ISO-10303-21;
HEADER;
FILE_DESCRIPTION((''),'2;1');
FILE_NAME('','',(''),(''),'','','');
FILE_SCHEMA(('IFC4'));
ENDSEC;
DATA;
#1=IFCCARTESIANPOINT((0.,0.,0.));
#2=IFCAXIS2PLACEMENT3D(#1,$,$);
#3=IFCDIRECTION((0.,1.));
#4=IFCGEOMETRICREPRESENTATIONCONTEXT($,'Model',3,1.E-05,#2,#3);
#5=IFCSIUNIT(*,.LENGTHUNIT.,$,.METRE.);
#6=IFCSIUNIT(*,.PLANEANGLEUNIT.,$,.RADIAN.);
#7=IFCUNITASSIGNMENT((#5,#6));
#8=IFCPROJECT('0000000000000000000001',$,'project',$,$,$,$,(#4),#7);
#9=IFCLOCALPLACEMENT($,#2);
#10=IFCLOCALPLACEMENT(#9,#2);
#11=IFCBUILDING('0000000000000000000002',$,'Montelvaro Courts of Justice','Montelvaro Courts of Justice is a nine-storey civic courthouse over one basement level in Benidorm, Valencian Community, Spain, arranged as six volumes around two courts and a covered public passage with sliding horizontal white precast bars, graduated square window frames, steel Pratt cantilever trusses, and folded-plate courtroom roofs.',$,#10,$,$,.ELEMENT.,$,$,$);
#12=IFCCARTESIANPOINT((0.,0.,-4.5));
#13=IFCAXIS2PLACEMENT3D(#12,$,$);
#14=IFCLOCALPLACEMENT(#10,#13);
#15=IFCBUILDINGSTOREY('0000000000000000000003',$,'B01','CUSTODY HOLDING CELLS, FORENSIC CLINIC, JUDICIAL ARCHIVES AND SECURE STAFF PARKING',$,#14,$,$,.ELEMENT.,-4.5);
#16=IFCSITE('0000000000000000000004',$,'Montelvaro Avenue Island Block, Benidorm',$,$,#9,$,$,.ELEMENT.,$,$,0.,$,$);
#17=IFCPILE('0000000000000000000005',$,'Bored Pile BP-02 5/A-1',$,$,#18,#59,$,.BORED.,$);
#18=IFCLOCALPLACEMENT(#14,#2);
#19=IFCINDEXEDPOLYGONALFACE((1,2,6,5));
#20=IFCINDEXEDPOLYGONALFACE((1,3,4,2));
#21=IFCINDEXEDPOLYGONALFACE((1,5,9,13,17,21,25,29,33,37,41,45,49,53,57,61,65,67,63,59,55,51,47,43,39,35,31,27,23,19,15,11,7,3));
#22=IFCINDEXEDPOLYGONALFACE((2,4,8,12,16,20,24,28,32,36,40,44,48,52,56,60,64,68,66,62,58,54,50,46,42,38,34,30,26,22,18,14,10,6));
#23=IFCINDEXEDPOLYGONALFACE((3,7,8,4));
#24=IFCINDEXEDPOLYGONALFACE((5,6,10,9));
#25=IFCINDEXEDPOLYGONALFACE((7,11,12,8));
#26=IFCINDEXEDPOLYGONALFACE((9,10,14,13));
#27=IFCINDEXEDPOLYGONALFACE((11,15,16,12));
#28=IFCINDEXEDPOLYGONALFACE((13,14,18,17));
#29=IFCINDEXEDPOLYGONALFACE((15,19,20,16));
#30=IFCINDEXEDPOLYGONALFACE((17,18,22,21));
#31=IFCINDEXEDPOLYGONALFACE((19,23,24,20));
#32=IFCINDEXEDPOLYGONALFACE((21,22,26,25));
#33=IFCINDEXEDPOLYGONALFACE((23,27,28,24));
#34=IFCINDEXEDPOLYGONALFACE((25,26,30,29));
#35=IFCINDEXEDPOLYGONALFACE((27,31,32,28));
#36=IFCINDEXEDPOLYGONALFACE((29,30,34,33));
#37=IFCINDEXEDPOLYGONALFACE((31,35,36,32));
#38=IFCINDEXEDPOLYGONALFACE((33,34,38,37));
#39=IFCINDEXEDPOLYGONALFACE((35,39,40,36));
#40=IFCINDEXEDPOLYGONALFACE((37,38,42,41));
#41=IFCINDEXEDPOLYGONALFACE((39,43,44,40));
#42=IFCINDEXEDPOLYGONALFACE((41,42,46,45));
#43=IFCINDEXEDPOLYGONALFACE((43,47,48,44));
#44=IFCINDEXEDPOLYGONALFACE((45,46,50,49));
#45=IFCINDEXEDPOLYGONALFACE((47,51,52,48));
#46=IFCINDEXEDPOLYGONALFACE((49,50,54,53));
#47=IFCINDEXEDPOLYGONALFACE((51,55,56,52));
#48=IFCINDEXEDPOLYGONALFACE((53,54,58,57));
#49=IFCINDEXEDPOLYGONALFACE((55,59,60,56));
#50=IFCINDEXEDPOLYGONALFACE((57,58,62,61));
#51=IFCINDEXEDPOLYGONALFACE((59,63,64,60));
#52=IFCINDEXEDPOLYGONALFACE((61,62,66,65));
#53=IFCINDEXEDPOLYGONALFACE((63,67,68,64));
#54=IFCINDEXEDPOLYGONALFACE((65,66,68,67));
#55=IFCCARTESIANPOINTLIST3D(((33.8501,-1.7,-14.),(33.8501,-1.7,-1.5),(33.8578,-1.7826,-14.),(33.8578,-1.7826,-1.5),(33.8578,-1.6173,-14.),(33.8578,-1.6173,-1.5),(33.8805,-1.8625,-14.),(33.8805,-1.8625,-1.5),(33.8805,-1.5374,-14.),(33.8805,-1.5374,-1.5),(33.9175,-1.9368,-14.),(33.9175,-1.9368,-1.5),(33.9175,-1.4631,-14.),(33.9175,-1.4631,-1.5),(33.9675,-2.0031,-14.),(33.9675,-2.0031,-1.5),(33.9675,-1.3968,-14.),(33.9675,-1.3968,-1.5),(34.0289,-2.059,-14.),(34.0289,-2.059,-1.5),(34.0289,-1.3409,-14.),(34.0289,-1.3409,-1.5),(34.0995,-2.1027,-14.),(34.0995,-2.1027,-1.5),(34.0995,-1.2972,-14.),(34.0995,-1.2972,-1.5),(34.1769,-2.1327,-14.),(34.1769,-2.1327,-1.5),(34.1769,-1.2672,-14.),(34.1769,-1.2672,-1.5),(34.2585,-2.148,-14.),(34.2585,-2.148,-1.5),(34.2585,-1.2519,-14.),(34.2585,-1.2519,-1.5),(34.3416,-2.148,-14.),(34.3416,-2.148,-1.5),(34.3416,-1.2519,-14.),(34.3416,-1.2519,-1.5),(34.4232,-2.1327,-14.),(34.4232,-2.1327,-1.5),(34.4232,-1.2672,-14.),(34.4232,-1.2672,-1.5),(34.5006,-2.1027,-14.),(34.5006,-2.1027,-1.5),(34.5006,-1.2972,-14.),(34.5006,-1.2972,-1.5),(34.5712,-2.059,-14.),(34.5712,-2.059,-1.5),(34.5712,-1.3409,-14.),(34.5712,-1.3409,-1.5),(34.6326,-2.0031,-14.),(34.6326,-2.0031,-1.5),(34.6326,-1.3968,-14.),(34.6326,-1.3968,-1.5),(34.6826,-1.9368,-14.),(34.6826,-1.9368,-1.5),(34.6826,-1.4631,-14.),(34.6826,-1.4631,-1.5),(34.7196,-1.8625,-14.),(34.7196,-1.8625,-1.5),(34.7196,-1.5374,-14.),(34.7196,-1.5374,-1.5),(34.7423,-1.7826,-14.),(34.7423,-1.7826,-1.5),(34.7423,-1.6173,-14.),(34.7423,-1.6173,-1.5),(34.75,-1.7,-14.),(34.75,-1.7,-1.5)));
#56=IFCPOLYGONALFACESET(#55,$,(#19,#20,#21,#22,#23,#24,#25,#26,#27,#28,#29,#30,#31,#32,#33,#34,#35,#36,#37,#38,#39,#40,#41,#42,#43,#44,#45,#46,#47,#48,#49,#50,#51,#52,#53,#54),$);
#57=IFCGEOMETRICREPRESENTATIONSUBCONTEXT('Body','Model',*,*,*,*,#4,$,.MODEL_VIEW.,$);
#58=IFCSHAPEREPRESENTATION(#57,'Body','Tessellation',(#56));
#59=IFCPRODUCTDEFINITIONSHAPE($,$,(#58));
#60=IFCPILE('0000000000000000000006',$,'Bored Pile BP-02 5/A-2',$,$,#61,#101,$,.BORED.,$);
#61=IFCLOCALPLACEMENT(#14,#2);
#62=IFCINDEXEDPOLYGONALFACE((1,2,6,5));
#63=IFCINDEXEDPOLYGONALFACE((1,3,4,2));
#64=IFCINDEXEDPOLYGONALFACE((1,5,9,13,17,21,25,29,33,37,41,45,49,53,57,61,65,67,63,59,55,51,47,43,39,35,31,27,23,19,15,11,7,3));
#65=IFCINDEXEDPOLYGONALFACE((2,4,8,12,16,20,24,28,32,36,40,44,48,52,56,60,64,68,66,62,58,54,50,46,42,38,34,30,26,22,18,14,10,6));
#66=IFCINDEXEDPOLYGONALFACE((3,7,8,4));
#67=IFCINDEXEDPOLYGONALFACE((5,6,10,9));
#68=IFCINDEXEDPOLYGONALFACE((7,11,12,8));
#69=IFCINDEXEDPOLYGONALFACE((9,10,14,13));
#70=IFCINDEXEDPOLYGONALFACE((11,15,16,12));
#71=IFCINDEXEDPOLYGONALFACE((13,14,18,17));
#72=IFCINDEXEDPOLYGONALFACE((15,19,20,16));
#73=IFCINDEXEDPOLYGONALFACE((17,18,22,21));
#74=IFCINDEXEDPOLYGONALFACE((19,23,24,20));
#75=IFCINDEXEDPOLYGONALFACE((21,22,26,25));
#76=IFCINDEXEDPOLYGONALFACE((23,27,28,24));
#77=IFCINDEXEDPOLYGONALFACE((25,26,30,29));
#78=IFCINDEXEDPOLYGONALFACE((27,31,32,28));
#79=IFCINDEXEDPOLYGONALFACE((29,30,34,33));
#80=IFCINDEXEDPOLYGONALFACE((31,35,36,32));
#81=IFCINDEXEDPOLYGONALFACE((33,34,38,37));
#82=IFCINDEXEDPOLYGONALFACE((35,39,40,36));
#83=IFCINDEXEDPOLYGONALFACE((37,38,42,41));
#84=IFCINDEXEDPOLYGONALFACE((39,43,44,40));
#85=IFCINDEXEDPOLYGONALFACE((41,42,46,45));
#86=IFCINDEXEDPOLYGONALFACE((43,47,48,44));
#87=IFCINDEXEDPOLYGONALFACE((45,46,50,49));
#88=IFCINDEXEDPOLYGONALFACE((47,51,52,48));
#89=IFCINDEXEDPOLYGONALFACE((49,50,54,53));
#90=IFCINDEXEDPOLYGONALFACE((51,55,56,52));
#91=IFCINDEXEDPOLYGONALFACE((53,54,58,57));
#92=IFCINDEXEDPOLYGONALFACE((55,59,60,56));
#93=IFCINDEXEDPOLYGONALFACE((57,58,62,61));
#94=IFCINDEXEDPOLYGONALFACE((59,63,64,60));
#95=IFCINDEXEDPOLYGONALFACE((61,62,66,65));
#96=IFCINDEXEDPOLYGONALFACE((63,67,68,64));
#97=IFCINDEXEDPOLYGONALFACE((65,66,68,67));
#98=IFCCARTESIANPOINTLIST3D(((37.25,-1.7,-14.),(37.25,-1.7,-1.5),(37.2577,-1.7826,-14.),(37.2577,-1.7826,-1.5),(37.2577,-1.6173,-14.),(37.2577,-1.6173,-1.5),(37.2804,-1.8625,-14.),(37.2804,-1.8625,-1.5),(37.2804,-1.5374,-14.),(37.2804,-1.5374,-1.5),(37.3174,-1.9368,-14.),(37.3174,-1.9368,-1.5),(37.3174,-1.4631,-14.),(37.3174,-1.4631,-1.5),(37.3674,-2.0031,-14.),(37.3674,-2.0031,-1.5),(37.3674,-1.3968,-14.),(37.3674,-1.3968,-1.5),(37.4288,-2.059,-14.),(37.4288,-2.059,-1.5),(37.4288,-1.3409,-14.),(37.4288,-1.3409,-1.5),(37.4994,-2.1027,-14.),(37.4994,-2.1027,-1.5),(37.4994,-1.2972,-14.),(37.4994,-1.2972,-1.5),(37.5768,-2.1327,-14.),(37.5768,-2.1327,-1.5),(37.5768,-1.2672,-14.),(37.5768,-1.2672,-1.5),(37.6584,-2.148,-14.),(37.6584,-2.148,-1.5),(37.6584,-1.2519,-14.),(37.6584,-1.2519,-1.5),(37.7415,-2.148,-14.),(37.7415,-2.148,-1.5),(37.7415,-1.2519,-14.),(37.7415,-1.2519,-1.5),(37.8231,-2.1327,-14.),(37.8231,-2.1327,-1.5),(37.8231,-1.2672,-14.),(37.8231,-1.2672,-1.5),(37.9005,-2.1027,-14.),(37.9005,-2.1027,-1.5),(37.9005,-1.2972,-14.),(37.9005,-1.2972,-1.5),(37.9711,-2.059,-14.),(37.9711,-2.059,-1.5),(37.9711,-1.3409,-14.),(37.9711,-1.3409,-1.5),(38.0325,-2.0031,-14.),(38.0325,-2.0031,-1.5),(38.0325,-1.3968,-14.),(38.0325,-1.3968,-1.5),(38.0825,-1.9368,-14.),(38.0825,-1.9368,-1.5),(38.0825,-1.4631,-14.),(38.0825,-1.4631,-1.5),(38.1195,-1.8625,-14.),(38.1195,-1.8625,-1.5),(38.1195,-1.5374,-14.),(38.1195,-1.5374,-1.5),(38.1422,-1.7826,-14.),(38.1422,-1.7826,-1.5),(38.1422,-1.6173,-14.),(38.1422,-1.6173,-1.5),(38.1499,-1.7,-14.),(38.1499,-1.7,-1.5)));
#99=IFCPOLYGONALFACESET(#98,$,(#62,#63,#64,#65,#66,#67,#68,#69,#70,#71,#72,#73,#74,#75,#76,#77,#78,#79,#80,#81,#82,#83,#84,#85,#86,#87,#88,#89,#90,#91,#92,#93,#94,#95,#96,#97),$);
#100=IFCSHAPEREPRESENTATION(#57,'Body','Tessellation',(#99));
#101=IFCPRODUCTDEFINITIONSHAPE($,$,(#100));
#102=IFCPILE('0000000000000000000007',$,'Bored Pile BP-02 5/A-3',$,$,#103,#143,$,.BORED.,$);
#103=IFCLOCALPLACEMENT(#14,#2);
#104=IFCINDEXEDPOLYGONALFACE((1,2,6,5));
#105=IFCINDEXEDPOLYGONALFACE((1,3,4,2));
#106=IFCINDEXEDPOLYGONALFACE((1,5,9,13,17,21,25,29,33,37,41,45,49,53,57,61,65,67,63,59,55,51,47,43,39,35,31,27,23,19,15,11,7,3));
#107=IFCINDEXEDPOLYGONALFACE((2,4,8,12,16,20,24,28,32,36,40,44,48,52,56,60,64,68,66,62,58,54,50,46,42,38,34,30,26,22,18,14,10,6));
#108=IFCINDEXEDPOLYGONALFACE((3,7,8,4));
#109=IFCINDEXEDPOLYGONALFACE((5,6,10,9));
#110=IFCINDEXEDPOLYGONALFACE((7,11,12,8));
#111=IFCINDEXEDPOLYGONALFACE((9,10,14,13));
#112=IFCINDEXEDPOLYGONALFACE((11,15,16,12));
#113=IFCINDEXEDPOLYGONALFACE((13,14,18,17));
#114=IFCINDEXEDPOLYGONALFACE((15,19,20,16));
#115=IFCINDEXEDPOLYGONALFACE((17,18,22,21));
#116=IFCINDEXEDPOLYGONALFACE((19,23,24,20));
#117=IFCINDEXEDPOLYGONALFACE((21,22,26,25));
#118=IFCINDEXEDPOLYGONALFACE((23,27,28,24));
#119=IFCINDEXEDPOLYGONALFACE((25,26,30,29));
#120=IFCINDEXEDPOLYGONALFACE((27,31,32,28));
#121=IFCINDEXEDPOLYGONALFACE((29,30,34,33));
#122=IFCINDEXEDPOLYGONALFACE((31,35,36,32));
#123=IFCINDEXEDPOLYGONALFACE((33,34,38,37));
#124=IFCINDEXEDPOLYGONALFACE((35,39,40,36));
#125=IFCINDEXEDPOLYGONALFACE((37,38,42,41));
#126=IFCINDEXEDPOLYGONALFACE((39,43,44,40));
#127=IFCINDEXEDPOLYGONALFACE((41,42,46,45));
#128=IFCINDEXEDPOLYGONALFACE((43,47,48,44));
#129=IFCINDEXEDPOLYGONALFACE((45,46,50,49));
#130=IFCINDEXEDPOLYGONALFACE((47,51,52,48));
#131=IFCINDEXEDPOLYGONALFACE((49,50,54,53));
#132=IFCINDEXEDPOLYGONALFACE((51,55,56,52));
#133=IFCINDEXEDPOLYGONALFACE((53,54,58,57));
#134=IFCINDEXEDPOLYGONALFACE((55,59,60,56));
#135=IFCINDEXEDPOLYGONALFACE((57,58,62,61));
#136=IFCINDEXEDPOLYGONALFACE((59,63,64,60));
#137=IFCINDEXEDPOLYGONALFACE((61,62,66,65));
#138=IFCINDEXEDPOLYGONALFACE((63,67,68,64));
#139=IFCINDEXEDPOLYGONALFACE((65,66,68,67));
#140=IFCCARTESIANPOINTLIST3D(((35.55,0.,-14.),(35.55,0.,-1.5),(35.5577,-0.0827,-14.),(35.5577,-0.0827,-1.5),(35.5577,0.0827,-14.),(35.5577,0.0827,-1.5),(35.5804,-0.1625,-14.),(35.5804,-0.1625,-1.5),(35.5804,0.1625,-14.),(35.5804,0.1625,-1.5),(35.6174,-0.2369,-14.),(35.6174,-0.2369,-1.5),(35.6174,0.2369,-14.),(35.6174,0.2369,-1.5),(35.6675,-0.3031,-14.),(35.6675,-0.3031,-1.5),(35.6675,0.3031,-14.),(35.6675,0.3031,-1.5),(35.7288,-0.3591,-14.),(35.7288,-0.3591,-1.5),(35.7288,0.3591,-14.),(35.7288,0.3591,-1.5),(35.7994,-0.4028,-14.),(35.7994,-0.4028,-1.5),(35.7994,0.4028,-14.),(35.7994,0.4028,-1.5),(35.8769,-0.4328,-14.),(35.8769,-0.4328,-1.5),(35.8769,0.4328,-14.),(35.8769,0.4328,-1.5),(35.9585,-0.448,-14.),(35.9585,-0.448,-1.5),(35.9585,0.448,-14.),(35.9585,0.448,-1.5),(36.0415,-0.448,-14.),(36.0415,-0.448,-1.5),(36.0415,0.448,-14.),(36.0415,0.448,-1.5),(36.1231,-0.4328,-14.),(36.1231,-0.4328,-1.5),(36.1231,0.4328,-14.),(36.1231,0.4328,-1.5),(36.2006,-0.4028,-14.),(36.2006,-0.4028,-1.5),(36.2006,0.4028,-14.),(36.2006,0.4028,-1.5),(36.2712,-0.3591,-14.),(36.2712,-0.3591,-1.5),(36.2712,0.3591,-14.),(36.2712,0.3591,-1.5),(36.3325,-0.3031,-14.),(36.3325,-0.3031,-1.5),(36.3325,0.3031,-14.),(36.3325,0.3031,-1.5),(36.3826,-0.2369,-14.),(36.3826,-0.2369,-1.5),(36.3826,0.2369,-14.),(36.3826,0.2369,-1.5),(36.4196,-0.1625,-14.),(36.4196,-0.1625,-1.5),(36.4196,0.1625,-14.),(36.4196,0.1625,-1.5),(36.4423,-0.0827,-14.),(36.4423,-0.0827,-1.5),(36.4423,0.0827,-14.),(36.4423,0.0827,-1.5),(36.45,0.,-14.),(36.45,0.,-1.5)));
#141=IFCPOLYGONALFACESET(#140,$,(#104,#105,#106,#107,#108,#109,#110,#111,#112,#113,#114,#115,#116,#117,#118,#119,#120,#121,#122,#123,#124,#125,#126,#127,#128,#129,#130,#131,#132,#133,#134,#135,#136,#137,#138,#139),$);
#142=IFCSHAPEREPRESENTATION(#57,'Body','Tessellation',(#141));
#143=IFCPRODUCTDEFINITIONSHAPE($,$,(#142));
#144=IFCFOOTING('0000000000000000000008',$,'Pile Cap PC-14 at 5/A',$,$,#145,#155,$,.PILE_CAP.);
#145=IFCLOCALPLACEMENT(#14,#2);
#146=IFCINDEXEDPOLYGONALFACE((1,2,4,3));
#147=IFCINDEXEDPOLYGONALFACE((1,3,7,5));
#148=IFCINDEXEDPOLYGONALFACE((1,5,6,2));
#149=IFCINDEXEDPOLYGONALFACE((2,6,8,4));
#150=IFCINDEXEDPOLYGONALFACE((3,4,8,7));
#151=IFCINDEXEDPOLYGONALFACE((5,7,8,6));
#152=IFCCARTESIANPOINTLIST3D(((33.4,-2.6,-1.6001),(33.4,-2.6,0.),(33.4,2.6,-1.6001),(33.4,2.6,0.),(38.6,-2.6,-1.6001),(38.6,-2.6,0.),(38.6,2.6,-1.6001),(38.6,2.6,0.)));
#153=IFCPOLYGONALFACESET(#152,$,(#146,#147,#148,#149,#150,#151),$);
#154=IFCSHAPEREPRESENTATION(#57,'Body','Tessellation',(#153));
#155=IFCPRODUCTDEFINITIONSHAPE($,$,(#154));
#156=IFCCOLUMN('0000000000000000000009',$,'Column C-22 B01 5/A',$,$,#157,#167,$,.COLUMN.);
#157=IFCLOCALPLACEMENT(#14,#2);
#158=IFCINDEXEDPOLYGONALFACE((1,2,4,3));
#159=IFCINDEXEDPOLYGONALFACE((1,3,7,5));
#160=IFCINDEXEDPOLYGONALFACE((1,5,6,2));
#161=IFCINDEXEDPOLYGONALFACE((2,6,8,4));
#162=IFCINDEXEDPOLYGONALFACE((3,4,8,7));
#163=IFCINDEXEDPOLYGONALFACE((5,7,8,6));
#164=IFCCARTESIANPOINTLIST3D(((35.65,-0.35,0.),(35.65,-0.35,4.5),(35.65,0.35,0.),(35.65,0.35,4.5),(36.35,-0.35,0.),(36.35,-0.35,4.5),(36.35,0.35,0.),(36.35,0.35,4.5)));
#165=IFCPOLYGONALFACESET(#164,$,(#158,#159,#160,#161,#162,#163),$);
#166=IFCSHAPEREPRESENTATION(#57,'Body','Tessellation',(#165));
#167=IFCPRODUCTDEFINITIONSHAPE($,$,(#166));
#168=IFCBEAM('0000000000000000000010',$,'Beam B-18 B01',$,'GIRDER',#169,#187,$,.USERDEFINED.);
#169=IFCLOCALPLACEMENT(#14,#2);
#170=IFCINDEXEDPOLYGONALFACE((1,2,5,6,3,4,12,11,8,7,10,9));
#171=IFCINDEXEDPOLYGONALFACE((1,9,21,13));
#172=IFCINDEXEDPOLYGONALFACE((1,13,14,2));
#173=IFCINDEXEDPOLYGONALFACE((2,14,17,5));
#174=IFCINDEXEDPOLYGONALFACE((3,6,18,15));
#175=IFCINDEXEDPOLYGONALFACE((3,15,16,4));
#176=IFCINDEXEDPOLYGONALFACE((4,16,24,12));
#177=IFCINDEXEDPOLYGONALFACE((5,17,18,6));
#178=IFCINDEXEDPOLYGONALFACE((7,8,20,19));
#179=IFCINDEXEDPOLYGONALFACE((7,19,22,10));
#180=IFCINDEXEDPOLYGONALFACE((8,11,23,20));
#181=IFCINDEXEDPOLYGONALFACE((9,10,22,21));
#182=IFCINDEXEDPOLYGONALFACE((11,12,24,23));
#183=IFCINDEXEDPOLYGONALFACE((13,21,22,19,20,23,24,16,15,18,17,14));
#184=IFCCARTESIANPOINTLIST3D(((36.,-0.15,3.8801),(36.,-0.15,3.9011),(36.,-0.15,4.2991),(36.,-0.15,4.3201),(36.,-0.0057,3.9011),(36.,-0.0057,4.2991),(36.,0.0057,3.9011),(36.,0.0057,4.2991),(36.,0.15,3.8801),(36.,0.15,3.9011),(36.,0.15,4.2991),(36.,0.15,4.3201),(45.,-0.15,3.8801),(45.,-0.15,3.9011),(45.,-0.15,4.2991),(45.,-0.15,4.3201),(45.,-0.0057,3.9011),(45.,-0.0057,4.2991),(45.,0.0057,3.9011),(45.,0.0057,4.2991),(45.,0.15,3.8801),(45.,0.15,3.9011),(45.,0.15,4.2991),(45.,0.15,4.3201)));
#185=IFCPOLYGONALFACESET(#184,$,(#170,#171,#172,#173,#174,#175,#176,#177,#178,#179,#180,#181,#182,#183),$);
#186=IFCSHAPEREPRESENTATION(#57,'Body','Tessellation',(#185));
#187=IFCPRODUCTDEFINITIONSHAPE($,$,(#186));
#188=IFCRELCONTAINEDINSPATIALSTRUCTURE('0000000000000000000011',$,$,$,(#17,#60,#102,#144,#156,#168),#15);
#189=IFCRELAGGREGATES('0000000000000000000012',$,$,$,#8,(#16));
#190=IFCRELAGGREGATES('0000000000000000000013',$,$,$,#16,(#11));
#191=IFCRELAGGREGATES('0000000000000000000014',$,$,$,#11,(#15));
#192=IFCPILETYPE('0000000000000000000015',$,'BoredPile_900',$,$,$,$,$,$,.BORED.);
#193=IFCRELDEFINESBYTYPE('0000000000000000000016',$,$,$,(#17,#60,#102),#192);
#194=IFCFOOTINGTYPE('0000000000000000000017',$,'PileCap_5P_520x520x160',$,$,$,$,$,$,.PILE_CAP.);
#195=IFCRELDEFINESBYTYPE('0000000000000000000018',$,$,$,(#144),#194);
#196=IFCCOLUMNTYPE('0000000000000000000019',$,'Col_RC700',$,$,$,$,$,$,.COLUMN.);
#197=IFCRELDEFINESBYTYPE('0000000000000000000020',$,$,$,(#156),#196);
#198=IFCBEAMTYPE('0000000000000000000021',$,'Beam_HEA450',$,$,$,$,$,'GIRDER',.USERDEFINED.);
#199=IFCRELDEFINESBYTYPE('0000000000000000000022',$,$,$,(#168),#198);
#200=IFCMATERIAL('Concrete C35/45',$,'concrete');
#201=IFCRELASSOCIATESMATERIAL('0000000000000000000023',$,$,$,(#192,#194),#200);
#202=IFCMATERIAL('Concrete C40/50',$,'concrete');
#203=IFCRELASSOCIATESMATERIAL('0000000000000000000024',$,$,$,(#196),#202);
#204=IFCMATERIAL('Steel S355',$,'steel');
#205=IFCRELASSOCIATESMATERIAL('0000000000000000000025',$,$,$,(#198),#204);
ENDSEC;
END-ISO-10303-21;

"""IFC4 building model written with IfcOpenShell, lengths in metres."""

from ifc_helpers import new_model, si_unit, direction, frame, origin, origin_2d, place, context, subcontext, project, spatial, rectangle, circle, i_section, extrude, material, material_profile, profile_set, type_object, element, save


model = new_model("IFC4")

# Units and contexts
model_context = context("Model", 3, precision=1e-05, world=origin(), true_north=direction((0.0, 1.0)))
body_context = subcontext(model_context, "Body", "Model", "MODEL_VIEW")
ifc_project = project(units=[si_unit("LENGTHUNIT", "METRE"), si_unit("PLANEANGLEUNIT", "RADIAN")], contexts=[model_context])

# Site, building, storey
site_placement = place(None, origin())
site = spatial("IfcSite", under=ifc_project, at=site_placement, Name="Montelvaro Avenue Island Block, Benidorm", CompositionType="ELEMENT", RefElevation=0.0)
building_placement = place(site_placement, origin())
building = spatial("IfcBuilding", under=site, at=building_placement, Name="Montelvaro Courts of Justice", Description="Montelvaro Courts of Justice is a nine-storey civic courthouse over one basement level in Benidorm, Valencian Community, Spain, arranged as six volumes around two courts and a covered public passage with sliding horizontal white precast bars, graduated square window frames, steel Pratt cantilever trusses, and folded-plate courtroom roofs.", CompositionType="ELEMENT")
storey_placement = place(building_placement, frame((0.0, 0.0, -4.5)))
storey = spatial("IfcBuildingStorey", under=building, at=storey_placement, Name="B01", Description="CUSTODY HOLDING CELLS, FORENSIC CLINIC, JUDICIAL ARCHIVES AND SECURE STAFF PARKING", CompositionType="ELEMENT", Elevation=-4.5)

# Piles
ifc_material_1 = material(Name="Concrete C35/45", Category="concrete")
ifc_material_profile_1 = material_profile(ifc_material_1, circle(Radius=0.45, at=origin_2d()), Name="BORED PILE D900")
ifc_profile_set_1 = profile_set([ifc_material_profile_1], Name="Concrete C35/45")
pile_type_1 = type_object("IfcPileType", Name="BoredPile_900", PredefinedType="BORED", material=ifc_profile_set_1)
for number, where, z_axis, x_axis, name in (
    (1, (34.3, -1.7, -1.5), (0.0, 0.0, -1.0), (1.0, 0.0, 0.0), "Bored Pile BP-02 5/A-1"),
    (2, (37.7, -1.7, -1.5), (0.0, 0.0, -1.0), (1.0, 0.0, 0.0), "Bored Pile BP-02 5/A-2"),
    (3, (36.0, 0.0, -1.5), (0.0, 0.0, -1.0), (1.0, 0.0, 0.0), "Bored Pile BP-02 5/A-3"),
):
    element("IfcPile", number, at=place(storey_placement, frame(where, z_axis=z_axis, x_axis=x_axis)), inside=storey, type_object=pile_type_1, Name=name, PredefinedType="BORED", context=body_context, shape_type="SweptSolid", body=[
        extrude(circle(Radius=0.45, at=origin_2d()), origin(), (0.0, 0.0, 1.0), 12.5),
    ])

# Footing
footing_type = type_object("IfcFootingType", Name="PileCap_5P_520x520x160", PredefinedType="PILE_CAP", material=ifc_material_1)
footing_placement = place(storey_placement, frame((36.0, 0.0, -1.6001), z_axis=(0.0, 0.0, 1.0), x_axis=(1.0, 0.0, 0.0)))
element("IfcFooting", 4, at=footing_placement, inside=storey, type_object=footing_type, Name="Pile Cap PC-14 at 5/A", PredefinedType="PILE_CAP", context=body_context, shape_type="SweptSolid", body=[
    extrude(rectangle(XDim=5.2, YDim=5.2, at=origin_2d()), origin(), (0.0, 0.0, 1.0), 1.6001),
])

# Column
ifc_material_2 = material(Name="Concrete C40/50", Category="concrete")
ifc_material_profile_2 = material_profile(ifc_material_2, rectangle(XDim=0.7, YDim=0.7, at=origin_2d()), Name="RC 700x700")
ifc_profile_set_2 = profile_set([ifc_material_profile_2], Name="Concrete C40/50")
column_type = type_object("IfcColumnType", Name="Col_RC700", PredefinedType="COLUMN", material=ifc_profile_set_2)
column_placement = place(storey_placement, frame((36.0, 0.0, 0.0), z_axis=(0.0, 0.0, 1.0), x_axis=(1.0, 0.0, 0.0)))
element("IfcColumn", 5, at=column_placement, inside=storey, type_object=column_type, Name="Column C-22 B01 5/A", PredefinedType="COLUMN", context=body_context, shape_type="SweptSolid", body=[
    extrude(rectangle(XDim=0.7, YDim=0.7, at=origin_2d()), origin(), (0.0, 0.0, 1.0), 4.5),
])

# Beam
ifc_material_3 = material(Name="Steel S355", Category="steel")
ifc_material_profile_3 = material_profile(ifc_material_3, i_section(OverallWidth=0.3, OverallDepth=0.4399, WebThickness=0.0115, FlangeThickness=0.021, at=origin_2d()), Name="HEA 450")
ifc_profile_set_3 = profile_set([ifc_material_profile_3], Name="Steel S355")
beam_type_1 = type_object("IfcBeamType", Name="Beam_HEA450", ElementType="GIRDER", PredefinedType="USERDEFINED", material=ifc_profile_set_3)
beam_1_placement = place(storey_placement, frame((36.0, 0.0, 4.1001), z_axis=(1.0, 0.0, 0.0), x_axis=(0.0, 1.0, 0.0)))
element("IfcBeam", 6, at=beam_1_placement, inside=storey, type_object=beam_type_1, Name="Beam B-18 B01", ObjectType="GIRDER", PredefinedType="USERDEFINED", context=body_context, shape_type="SweptSolid", body=[
    extrude(i_section(OverallWidth=0.3, OverallDepth=0.4399, WebThickness=0.0115, FlangeThickness=0.021, at=origin_2d()), origin(), (0.0, 0.0, 1.0), 9.0),
])

save(model, "model.ifc")
